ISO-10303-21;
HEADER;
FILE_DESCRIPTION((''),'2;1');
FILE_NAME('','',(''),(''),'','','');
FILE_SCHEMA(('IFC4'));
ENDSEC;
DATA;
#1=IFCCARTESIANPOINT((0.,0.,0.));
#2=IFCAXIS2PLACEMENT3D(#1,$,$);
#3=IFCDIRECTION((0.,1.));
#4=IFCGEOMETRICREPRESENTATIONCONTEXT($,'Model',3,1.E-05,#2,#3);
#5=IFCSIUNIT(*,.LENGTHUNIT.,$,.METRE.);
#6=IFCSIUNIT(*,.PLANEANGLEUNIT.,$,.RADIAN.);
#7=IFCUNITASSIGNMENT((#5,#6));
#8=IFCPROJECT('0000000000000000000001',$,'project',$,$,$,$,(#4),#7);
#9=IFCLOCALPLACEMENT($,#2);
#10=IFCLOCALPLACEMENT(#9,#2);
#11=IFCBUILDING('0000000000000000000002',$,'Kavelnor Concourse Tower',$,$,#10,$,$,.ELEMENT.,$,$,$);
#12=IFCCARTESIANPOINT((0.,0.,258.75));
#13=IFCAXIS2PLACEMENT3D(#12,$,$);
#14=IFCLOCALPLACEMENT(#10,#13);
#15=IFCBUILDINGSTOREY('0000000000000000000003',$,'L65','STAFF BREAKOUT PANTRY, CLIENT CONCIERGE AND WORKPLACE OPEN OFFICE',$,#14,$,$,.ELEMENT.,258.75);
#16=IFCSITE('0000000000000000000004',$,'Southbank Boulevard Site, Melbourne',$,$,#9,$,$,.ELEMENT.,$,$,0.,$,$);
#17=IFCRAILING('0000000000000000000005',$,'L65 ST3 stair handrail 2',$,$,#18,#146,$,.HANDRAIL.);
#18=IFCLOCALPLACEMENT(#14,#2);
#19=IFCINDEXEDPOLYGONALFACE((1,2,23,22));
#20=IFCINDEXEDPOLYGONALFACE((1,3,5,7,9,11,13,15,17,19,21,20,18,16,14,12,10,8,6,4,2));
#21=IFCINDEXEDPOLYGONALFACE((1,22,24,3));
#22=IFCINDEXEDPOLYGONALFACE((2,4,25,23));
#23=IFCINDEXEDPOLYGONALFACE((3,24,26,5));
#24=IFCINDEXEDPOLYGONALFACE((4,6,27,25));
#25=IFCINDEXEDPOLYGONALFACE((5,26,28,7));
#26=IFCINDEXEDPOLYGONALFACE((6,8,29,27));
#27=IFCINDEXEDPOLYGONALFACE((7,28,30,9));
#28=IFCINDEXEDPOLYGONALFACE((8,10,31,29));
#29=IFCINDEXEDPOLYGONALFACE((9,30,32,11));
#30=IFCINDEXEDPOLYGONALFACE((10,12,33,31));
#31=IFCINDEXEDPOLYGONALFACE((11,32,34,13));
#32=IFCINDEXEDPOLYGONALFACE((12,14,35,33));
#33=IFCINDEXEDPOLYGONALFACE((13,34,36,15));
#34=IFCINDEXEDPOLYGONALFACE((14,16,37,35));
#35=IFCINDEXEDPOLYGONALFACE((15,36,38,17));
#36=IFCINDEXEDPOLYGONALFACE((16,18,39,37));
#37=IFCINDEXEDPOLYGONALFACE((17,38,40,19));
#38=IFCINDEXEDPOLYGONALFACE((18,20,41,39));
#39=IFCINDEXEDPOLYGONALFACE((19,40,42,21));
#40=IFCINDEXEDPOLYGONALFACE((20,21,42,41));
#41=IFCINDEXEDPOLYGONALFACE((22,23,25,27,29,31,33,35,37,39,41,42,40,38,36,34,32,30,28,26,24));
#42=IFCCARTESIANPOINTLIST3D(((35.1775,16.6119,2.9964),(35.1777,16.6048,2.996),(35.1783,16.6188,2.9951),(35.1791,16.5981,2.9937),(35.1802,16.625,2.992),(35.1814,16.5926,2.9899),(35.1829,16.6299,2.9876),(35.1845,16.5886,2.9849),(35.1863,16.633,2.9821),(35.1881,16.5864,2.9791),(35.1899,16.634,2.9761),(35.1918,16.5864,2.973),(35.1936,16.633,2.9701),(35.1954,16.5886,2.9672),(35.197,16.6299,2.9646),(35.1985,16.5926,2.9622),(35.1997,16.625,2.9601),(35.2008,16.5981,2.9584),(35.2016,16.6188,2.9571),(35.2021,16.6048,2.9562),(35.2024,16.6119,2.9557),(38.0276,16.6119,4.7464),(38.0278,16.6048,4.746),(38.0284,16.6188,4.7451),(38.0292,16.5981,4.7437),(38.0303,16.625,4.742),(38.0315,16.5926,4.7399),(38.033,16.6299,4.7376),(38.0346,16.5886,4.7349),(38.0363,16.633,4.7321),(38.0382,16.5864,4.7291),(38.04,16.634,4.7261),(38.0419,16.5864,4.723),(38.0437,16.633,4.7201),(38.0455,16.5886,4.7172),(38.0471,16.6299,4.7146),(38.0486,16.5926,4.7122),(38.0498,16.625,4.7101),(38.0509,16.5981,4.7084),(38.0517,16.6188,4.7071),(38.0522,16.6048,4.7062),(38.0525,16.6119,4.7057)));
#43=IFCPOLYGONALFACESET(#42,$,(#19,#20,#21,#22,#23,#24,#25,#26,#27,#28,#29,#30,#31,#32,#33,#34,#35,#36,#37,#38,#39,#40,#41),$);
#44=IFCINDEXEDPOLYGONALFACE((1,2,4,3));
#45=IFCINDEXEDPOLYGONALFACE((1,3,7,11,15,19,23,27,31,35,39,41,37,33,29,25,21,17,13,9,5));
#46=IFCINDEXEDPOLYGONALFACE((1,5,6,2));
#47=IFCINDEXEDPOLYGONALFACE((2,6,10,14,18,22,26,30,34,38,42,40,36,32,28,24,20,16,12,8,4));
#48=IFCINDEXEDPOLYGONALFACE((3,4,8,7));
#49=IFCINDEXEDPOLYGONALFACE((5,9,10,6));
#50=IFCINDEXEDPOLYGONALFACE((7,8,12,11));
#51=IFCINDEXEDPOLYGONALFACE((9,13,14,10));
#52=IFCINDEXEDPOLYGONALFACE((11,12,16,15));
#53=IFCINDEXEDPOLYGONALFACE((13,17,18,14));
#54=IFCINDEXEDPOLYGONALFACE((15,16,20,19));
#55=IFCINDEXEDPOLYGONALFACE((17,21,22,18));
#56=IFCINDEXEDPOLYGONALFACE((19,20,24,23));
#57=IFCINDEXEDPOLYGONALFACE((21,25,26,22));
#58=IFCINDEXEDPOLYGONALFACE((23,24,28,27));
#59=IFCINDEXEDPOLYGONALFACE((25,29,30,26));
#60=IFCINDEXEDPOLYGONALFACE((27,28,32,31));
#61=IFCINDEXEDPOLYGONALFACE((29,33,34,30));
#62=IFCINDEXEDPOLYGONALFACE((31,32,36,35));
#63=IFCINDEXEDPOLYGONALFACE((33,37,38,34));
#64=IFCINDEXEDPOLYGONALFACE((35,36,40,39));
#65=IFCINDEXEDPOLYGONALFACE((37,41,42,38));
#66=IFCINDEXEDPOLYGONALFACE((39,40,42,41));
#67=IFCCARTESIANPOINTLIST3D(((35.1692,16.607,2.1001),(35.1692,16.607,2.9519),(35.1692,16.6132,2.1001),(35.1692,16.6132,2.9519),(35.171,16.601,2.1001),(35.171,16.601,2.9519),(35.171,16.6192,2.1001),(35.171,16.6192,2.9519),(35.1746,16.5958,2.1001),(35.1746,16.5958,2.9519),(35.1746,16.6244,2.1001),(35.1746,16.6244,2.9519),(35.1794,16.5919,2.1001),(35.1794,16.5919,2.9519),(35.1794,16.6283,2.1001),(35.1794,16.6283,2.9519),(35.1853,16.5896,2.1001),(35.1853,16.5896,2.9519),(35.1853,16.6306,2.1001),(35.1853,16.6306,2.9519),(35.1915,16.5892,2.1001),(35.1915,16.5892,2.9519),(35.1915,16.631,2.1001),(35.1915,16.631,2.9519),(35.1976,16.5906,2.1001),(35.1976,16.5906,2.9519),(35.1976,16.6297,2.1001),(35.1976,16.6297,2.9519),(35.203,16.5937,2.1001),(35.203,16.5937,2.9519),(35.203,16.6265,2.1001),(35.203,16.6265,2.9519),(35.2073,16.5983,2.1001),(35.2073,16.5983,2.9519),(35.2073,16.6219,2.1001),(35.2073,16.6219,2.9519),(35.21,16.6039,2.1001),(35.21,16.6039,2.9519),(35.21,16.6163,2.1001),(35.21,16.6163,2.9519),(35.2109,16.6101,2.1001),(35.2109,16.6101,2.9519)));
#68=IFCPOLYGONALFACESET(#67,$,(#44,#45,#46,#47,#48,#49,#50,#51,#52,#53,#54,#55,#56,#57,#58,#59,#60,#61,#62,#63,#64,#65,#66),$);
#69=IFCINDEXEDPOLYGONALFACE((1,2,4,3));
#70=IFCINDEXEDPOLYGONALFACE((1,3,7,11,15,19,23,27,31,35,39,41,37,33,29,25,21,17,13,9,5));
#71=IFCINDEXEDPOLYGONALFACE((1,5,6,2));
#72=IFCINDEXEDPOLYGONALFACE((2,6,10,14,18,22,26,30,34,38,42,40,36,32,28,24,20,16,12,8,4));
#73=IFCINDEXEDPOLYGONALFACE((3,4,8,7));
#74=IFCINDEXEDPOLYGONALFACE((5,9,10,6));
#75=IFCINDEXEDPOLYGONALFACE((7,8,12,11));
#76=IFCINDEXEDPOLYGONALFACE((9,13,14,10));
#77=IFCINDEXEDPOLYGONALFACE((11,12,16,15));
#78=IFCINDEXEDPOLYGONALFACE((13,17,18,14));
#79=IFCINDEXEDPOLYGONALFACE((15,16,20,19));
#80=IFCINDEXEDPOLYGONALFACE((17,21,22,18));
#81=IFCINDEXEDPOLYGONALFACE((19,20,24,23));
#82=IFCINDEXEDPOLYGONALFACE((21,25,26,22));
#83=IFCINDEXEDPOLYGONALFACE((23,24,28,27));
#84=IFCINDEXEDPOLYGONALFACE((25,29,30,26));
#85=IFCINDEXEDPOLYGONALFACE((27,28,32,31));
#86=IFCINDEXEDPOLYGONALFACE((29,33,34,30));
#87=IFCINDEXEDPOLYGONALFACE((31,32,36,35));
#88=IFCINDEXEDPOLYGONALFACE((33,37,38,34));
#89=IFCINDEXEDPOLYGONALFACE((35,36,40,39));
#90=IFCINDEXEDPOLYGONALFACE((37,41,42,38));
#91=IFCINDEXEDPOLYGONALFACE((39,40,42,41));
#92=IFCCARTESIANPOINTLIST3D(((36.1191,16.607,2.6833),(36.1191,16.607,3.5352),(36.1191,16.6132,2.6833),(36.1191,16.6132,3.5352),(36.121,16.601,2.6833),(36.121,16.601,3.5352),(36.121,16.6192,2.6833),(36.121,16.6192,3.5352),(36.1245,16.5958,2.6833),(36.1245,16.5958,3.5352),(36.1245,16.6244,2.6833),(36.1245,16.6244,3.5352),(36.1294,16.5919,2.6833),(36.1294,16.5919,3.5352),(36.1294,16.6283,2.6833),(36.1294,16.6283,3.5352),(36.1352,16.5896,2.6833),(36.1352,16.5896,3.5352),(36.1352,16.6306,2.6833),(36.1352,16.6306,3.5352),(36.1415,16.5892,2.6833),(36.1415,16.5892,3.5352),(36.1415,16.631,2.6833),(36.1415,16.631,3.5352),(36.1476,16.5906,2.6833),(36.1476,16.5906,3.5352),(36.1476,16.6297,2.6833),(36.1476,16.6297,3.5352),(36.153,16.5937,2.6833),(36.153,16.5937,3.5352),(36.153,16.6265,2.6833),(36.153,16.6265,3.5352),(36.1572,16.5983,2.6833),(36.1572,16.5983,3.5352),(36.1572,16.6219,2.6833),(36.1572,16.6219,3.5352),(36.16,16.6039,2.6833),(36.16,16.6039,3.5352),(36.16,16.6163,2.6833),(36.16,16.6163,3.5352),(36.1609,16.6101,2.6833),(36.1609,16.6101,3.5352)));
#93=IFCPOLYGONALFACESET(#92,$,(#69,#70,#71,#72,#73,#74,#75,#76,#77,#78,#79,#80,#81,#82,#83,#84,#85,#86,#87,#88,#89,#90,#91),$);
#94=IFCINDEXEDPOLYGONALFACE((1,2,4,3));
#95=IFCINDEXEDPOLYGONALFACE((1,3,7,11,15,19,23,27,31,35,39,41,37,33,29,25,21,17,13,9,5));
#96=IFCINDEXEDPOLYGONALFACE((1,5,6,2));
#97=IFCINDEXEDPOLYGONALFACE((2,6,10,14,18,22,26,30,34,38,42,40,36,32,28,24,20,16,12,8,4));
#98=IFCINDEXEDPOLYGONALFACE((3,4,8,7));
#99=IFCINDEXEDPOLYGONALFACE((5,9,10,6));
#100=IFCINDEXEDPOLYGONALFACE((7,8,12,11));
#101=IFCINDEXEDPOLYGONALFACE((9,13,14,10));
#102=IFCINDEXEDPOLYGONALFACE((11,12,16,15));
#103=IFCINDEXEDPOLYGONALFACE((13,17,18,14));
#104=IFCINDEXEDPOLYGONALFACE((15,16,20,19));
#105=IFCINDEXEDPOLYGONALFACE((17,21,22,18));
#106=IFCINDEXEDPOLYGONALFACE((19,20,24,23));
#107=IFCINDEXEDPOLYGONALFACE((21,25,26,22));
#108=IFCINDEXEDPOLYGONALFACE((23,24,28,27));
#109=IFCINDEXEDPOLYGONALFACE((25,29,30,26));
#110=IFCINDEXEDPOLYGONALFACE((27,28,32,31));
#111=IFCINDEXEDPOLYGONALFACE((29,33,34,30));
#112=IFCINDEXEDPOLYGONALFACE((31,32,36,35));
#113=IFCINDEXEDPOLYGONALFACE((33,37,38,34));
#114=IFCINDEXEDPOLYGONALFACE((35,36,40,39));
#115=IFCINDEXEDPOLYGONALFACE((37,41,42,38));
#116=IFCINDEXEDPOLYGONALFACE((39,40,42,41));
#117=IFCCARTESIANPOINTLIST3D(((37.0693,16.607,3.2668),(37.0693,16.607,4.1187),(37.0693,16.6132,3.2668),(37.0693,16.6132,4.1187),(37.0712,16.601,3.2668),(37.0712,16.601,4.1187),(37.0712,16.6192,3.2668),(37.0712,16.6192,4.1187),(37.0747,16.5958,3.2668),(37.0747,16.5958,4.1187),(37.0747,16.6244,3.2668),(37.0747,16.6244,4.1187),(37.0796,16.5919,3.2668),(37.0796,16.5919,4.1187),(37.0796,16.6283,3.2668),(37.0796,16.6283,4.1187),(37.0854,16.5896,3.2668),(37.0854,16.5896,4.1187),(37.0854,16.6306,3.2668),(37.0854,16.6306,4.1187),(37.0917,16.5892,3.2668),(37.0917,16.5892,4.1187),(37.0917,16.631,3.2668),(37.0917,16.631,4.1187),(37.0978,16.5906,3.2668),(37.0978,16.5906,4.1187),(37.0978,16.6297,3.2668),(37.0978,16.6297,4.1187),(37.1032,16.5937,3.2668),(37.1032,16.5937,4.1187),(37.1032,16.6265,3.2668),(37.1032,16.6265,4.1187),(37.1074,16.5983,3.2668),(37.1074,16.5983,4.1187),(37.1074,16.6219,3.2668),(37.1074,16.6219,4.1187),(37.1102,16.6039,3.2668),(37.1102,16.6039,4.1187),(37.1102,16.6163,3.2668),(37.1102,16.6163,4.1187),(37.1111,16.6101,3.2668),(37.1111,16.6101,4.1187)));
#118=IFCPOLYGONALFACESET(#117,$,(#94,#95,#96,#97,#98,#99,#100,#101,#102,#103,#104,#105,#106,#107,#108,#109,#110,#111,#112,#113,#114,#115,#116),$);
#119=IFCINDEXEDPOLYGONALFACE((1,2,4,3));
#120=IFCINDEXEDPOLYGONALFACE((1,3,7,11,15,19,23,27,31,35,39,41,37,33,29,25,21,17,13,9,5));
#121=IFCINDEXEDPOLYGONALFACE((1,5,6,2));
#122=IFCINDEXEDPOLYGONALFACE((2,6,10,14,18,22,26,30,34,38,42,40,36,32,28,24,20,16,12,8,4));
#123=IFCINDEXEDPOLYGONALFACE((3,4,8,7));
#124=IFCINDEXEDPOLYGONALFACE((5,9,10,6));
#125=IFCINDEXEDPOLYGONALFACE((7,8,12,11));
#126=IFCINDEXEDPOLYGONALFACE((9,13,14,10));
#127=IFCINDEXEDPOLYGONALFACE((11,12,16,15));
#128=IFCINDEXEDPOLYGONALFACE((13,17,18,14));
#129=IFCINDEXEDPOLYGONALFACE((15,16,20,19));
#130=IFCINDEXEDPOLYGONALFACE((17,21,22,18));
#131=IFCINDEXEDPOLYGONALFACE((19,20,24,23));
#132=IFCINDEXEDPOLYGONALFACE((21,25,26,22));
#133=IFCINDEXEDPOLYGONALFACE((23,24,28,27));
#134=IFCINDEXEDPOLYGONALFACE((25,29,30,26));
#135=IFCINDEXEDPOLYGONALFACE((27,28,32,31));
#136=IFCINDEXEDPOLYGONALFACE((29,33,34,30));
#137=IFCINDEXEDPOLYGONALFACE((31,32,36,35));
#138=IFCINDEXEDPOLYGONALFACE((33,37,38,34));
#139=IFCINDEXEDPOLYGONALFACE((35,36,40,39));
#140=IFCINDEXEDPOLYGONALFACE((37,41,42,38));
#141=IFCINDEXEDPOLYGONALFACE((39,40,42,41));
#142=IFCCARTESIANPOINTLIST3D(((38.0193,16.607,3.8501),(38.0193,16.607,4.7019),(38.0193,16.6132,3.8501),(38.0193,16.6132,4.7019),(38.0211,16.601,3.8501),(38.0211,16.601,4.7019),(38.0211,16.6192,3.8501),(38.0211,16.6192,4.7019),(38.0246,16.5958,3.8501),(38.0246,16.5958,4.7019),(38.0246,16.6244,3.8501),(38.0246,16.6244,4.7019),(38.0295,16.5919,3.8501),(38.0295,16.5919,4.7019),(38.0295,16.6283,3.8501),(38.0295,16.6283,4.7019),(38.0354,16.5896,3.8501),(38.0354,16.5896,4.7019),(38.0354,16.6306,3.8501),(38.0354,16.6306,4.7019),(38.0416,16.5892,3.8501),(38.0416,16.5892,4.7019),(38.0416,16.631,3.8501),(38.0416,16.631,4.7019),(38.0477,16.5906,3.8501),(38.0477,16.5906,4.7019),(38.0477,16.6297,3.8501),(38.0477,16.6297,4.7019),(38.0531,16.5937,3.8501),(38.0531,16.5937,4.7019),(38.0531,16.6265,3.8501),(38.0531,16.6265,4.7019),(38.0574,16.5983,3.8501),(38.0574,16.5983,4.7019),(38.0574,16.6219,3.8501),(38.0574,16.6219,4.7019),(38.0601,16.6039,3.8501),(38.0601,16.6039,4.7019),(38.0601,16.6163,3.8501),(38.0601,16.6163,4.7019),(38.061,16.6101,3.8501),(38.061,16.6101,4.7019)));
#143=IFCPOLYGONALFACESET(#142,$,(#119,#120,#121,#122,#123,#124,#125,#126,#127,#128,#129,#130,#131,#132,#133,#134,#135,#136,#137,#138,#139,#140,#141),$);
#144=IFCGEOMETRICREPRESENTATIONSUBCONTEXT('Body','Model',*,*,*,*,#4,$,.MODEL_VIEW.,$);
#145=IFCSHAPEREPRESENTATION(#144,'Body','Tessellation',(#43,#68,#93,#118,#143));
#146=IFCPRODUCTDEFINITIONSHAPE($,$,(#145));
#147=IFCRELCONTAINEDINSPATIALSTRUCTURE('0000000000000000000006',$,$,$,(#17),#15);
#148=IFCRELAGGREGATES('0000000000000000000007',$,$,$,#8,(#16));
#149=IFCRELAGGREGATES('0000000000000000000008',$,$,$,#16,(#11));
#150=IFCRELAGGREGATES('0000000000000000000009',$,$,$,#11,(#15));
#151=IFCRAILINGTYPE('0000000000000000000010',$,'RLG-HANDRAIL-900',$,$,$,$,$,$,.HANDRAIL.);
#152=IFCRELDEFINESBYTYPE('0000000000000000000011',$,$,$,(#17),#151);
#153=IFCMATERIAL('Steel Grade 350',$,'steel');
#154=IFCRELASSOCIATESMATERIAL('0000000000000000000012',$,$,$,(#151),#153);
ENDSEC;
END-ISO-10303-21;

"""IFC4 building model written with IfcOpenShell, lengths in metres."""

from ifc_helpers import new_model, si_unit, direction, frame, origin, origin_2d, place, context, subcontext, project, spatial, circle, extrude, material, type_object, element, save


model = new_model("IFC4")

# Units and contexts
model_context = context("Model", 3, precision=1e-05, world=origin(), true_north=direction((0.0, 1.0)))
body_context = subcontext(model_context, "Body", "Model", "MODEL_VIEW")
ifc_project = project(units=[si_unit("LENGTHUNIT", "METRE"), si_unit("PLANEANGLEUNIT", "RADIAN")], contexts=[model_context])

# Site, building, storey
site_placement = place(None, origin())
site = spatial("IfcSite", under=ifc_project, at=site_placement, Name="Southbank Boulevard Site, Melbourne", CompositionType="ELEMENT", RefElevation=0.0)
building_placement = place(site_placement, origin())
building = spatial("IfcBuilding", under=site, at=building_placement, Name="Kavelnor Concourse Tower", CompositionType="ELEMENT")
storey_placement = place(building_placement, frame((0.0, 0.0, 258.75)))
storey = spatial("IfcBuildingStorey", under=building, at=storey_placement, Name="L65", Description="STAFF BREAKOUT PANTRY, CLIENT CONCIERGE AND WORKPLACE OPEN OFFICE", CompositionType="ELEMENT", Elevation=258.75)

# Shared definitions
ifc_material_1 = material(Name="Steel Grade 350", Category="steel")

# Railing
railing_type_1 = type_object("IfcRailingType", Name="RLG-HANDRAIL-900", PredefinedType="HANDRAIL", material=ifc_material_1)
railing_1_placement = place(storey_placement, frame((35.1899, 16.6101, 2.1001)))
element("IfcRailing", 1, at=railing_1_placement, inside=storey, type_object=railing_type_1, Name="L65 ST3 stair handrail 2", PredefinedType="HANDRAIL", context=body_context, shape_type="SweptSolid", body=[
    extrude(circle(Radius=0.0239, at=origin_2d()), frame((0.0, 0.0, 0.876), z_axis=(0.852179, 0.0, 0.52325), x_axis=(0.0, 1.0, 0.0)), (0.0, 0.0, 1.0), 3.3445),
    extrude(circle(Radius=0.021, at=origin_2d()), origin(), (0.0, 0.0, 1.0), 0.8518),
    extrude(circle(Radius=0.021, at=origin_2d()), frame((0.95, 0.0, 0.5833)), (0.0, 0.0, 1.0), 0.8518),
    extrude(circle(Radius=0.021, at=origin_2d()), frame((1.9001, 0.0, 1.1667)), (0.0, 0.0, 1.0), 0.8518),
    extrude(circle(Radius=0.021, at=origin_2d()), frame((2.8501, 0.0, 1.75)), (0.0, 0.0, 1.0), 0.8518),
])

save(model, "model.ifc")
